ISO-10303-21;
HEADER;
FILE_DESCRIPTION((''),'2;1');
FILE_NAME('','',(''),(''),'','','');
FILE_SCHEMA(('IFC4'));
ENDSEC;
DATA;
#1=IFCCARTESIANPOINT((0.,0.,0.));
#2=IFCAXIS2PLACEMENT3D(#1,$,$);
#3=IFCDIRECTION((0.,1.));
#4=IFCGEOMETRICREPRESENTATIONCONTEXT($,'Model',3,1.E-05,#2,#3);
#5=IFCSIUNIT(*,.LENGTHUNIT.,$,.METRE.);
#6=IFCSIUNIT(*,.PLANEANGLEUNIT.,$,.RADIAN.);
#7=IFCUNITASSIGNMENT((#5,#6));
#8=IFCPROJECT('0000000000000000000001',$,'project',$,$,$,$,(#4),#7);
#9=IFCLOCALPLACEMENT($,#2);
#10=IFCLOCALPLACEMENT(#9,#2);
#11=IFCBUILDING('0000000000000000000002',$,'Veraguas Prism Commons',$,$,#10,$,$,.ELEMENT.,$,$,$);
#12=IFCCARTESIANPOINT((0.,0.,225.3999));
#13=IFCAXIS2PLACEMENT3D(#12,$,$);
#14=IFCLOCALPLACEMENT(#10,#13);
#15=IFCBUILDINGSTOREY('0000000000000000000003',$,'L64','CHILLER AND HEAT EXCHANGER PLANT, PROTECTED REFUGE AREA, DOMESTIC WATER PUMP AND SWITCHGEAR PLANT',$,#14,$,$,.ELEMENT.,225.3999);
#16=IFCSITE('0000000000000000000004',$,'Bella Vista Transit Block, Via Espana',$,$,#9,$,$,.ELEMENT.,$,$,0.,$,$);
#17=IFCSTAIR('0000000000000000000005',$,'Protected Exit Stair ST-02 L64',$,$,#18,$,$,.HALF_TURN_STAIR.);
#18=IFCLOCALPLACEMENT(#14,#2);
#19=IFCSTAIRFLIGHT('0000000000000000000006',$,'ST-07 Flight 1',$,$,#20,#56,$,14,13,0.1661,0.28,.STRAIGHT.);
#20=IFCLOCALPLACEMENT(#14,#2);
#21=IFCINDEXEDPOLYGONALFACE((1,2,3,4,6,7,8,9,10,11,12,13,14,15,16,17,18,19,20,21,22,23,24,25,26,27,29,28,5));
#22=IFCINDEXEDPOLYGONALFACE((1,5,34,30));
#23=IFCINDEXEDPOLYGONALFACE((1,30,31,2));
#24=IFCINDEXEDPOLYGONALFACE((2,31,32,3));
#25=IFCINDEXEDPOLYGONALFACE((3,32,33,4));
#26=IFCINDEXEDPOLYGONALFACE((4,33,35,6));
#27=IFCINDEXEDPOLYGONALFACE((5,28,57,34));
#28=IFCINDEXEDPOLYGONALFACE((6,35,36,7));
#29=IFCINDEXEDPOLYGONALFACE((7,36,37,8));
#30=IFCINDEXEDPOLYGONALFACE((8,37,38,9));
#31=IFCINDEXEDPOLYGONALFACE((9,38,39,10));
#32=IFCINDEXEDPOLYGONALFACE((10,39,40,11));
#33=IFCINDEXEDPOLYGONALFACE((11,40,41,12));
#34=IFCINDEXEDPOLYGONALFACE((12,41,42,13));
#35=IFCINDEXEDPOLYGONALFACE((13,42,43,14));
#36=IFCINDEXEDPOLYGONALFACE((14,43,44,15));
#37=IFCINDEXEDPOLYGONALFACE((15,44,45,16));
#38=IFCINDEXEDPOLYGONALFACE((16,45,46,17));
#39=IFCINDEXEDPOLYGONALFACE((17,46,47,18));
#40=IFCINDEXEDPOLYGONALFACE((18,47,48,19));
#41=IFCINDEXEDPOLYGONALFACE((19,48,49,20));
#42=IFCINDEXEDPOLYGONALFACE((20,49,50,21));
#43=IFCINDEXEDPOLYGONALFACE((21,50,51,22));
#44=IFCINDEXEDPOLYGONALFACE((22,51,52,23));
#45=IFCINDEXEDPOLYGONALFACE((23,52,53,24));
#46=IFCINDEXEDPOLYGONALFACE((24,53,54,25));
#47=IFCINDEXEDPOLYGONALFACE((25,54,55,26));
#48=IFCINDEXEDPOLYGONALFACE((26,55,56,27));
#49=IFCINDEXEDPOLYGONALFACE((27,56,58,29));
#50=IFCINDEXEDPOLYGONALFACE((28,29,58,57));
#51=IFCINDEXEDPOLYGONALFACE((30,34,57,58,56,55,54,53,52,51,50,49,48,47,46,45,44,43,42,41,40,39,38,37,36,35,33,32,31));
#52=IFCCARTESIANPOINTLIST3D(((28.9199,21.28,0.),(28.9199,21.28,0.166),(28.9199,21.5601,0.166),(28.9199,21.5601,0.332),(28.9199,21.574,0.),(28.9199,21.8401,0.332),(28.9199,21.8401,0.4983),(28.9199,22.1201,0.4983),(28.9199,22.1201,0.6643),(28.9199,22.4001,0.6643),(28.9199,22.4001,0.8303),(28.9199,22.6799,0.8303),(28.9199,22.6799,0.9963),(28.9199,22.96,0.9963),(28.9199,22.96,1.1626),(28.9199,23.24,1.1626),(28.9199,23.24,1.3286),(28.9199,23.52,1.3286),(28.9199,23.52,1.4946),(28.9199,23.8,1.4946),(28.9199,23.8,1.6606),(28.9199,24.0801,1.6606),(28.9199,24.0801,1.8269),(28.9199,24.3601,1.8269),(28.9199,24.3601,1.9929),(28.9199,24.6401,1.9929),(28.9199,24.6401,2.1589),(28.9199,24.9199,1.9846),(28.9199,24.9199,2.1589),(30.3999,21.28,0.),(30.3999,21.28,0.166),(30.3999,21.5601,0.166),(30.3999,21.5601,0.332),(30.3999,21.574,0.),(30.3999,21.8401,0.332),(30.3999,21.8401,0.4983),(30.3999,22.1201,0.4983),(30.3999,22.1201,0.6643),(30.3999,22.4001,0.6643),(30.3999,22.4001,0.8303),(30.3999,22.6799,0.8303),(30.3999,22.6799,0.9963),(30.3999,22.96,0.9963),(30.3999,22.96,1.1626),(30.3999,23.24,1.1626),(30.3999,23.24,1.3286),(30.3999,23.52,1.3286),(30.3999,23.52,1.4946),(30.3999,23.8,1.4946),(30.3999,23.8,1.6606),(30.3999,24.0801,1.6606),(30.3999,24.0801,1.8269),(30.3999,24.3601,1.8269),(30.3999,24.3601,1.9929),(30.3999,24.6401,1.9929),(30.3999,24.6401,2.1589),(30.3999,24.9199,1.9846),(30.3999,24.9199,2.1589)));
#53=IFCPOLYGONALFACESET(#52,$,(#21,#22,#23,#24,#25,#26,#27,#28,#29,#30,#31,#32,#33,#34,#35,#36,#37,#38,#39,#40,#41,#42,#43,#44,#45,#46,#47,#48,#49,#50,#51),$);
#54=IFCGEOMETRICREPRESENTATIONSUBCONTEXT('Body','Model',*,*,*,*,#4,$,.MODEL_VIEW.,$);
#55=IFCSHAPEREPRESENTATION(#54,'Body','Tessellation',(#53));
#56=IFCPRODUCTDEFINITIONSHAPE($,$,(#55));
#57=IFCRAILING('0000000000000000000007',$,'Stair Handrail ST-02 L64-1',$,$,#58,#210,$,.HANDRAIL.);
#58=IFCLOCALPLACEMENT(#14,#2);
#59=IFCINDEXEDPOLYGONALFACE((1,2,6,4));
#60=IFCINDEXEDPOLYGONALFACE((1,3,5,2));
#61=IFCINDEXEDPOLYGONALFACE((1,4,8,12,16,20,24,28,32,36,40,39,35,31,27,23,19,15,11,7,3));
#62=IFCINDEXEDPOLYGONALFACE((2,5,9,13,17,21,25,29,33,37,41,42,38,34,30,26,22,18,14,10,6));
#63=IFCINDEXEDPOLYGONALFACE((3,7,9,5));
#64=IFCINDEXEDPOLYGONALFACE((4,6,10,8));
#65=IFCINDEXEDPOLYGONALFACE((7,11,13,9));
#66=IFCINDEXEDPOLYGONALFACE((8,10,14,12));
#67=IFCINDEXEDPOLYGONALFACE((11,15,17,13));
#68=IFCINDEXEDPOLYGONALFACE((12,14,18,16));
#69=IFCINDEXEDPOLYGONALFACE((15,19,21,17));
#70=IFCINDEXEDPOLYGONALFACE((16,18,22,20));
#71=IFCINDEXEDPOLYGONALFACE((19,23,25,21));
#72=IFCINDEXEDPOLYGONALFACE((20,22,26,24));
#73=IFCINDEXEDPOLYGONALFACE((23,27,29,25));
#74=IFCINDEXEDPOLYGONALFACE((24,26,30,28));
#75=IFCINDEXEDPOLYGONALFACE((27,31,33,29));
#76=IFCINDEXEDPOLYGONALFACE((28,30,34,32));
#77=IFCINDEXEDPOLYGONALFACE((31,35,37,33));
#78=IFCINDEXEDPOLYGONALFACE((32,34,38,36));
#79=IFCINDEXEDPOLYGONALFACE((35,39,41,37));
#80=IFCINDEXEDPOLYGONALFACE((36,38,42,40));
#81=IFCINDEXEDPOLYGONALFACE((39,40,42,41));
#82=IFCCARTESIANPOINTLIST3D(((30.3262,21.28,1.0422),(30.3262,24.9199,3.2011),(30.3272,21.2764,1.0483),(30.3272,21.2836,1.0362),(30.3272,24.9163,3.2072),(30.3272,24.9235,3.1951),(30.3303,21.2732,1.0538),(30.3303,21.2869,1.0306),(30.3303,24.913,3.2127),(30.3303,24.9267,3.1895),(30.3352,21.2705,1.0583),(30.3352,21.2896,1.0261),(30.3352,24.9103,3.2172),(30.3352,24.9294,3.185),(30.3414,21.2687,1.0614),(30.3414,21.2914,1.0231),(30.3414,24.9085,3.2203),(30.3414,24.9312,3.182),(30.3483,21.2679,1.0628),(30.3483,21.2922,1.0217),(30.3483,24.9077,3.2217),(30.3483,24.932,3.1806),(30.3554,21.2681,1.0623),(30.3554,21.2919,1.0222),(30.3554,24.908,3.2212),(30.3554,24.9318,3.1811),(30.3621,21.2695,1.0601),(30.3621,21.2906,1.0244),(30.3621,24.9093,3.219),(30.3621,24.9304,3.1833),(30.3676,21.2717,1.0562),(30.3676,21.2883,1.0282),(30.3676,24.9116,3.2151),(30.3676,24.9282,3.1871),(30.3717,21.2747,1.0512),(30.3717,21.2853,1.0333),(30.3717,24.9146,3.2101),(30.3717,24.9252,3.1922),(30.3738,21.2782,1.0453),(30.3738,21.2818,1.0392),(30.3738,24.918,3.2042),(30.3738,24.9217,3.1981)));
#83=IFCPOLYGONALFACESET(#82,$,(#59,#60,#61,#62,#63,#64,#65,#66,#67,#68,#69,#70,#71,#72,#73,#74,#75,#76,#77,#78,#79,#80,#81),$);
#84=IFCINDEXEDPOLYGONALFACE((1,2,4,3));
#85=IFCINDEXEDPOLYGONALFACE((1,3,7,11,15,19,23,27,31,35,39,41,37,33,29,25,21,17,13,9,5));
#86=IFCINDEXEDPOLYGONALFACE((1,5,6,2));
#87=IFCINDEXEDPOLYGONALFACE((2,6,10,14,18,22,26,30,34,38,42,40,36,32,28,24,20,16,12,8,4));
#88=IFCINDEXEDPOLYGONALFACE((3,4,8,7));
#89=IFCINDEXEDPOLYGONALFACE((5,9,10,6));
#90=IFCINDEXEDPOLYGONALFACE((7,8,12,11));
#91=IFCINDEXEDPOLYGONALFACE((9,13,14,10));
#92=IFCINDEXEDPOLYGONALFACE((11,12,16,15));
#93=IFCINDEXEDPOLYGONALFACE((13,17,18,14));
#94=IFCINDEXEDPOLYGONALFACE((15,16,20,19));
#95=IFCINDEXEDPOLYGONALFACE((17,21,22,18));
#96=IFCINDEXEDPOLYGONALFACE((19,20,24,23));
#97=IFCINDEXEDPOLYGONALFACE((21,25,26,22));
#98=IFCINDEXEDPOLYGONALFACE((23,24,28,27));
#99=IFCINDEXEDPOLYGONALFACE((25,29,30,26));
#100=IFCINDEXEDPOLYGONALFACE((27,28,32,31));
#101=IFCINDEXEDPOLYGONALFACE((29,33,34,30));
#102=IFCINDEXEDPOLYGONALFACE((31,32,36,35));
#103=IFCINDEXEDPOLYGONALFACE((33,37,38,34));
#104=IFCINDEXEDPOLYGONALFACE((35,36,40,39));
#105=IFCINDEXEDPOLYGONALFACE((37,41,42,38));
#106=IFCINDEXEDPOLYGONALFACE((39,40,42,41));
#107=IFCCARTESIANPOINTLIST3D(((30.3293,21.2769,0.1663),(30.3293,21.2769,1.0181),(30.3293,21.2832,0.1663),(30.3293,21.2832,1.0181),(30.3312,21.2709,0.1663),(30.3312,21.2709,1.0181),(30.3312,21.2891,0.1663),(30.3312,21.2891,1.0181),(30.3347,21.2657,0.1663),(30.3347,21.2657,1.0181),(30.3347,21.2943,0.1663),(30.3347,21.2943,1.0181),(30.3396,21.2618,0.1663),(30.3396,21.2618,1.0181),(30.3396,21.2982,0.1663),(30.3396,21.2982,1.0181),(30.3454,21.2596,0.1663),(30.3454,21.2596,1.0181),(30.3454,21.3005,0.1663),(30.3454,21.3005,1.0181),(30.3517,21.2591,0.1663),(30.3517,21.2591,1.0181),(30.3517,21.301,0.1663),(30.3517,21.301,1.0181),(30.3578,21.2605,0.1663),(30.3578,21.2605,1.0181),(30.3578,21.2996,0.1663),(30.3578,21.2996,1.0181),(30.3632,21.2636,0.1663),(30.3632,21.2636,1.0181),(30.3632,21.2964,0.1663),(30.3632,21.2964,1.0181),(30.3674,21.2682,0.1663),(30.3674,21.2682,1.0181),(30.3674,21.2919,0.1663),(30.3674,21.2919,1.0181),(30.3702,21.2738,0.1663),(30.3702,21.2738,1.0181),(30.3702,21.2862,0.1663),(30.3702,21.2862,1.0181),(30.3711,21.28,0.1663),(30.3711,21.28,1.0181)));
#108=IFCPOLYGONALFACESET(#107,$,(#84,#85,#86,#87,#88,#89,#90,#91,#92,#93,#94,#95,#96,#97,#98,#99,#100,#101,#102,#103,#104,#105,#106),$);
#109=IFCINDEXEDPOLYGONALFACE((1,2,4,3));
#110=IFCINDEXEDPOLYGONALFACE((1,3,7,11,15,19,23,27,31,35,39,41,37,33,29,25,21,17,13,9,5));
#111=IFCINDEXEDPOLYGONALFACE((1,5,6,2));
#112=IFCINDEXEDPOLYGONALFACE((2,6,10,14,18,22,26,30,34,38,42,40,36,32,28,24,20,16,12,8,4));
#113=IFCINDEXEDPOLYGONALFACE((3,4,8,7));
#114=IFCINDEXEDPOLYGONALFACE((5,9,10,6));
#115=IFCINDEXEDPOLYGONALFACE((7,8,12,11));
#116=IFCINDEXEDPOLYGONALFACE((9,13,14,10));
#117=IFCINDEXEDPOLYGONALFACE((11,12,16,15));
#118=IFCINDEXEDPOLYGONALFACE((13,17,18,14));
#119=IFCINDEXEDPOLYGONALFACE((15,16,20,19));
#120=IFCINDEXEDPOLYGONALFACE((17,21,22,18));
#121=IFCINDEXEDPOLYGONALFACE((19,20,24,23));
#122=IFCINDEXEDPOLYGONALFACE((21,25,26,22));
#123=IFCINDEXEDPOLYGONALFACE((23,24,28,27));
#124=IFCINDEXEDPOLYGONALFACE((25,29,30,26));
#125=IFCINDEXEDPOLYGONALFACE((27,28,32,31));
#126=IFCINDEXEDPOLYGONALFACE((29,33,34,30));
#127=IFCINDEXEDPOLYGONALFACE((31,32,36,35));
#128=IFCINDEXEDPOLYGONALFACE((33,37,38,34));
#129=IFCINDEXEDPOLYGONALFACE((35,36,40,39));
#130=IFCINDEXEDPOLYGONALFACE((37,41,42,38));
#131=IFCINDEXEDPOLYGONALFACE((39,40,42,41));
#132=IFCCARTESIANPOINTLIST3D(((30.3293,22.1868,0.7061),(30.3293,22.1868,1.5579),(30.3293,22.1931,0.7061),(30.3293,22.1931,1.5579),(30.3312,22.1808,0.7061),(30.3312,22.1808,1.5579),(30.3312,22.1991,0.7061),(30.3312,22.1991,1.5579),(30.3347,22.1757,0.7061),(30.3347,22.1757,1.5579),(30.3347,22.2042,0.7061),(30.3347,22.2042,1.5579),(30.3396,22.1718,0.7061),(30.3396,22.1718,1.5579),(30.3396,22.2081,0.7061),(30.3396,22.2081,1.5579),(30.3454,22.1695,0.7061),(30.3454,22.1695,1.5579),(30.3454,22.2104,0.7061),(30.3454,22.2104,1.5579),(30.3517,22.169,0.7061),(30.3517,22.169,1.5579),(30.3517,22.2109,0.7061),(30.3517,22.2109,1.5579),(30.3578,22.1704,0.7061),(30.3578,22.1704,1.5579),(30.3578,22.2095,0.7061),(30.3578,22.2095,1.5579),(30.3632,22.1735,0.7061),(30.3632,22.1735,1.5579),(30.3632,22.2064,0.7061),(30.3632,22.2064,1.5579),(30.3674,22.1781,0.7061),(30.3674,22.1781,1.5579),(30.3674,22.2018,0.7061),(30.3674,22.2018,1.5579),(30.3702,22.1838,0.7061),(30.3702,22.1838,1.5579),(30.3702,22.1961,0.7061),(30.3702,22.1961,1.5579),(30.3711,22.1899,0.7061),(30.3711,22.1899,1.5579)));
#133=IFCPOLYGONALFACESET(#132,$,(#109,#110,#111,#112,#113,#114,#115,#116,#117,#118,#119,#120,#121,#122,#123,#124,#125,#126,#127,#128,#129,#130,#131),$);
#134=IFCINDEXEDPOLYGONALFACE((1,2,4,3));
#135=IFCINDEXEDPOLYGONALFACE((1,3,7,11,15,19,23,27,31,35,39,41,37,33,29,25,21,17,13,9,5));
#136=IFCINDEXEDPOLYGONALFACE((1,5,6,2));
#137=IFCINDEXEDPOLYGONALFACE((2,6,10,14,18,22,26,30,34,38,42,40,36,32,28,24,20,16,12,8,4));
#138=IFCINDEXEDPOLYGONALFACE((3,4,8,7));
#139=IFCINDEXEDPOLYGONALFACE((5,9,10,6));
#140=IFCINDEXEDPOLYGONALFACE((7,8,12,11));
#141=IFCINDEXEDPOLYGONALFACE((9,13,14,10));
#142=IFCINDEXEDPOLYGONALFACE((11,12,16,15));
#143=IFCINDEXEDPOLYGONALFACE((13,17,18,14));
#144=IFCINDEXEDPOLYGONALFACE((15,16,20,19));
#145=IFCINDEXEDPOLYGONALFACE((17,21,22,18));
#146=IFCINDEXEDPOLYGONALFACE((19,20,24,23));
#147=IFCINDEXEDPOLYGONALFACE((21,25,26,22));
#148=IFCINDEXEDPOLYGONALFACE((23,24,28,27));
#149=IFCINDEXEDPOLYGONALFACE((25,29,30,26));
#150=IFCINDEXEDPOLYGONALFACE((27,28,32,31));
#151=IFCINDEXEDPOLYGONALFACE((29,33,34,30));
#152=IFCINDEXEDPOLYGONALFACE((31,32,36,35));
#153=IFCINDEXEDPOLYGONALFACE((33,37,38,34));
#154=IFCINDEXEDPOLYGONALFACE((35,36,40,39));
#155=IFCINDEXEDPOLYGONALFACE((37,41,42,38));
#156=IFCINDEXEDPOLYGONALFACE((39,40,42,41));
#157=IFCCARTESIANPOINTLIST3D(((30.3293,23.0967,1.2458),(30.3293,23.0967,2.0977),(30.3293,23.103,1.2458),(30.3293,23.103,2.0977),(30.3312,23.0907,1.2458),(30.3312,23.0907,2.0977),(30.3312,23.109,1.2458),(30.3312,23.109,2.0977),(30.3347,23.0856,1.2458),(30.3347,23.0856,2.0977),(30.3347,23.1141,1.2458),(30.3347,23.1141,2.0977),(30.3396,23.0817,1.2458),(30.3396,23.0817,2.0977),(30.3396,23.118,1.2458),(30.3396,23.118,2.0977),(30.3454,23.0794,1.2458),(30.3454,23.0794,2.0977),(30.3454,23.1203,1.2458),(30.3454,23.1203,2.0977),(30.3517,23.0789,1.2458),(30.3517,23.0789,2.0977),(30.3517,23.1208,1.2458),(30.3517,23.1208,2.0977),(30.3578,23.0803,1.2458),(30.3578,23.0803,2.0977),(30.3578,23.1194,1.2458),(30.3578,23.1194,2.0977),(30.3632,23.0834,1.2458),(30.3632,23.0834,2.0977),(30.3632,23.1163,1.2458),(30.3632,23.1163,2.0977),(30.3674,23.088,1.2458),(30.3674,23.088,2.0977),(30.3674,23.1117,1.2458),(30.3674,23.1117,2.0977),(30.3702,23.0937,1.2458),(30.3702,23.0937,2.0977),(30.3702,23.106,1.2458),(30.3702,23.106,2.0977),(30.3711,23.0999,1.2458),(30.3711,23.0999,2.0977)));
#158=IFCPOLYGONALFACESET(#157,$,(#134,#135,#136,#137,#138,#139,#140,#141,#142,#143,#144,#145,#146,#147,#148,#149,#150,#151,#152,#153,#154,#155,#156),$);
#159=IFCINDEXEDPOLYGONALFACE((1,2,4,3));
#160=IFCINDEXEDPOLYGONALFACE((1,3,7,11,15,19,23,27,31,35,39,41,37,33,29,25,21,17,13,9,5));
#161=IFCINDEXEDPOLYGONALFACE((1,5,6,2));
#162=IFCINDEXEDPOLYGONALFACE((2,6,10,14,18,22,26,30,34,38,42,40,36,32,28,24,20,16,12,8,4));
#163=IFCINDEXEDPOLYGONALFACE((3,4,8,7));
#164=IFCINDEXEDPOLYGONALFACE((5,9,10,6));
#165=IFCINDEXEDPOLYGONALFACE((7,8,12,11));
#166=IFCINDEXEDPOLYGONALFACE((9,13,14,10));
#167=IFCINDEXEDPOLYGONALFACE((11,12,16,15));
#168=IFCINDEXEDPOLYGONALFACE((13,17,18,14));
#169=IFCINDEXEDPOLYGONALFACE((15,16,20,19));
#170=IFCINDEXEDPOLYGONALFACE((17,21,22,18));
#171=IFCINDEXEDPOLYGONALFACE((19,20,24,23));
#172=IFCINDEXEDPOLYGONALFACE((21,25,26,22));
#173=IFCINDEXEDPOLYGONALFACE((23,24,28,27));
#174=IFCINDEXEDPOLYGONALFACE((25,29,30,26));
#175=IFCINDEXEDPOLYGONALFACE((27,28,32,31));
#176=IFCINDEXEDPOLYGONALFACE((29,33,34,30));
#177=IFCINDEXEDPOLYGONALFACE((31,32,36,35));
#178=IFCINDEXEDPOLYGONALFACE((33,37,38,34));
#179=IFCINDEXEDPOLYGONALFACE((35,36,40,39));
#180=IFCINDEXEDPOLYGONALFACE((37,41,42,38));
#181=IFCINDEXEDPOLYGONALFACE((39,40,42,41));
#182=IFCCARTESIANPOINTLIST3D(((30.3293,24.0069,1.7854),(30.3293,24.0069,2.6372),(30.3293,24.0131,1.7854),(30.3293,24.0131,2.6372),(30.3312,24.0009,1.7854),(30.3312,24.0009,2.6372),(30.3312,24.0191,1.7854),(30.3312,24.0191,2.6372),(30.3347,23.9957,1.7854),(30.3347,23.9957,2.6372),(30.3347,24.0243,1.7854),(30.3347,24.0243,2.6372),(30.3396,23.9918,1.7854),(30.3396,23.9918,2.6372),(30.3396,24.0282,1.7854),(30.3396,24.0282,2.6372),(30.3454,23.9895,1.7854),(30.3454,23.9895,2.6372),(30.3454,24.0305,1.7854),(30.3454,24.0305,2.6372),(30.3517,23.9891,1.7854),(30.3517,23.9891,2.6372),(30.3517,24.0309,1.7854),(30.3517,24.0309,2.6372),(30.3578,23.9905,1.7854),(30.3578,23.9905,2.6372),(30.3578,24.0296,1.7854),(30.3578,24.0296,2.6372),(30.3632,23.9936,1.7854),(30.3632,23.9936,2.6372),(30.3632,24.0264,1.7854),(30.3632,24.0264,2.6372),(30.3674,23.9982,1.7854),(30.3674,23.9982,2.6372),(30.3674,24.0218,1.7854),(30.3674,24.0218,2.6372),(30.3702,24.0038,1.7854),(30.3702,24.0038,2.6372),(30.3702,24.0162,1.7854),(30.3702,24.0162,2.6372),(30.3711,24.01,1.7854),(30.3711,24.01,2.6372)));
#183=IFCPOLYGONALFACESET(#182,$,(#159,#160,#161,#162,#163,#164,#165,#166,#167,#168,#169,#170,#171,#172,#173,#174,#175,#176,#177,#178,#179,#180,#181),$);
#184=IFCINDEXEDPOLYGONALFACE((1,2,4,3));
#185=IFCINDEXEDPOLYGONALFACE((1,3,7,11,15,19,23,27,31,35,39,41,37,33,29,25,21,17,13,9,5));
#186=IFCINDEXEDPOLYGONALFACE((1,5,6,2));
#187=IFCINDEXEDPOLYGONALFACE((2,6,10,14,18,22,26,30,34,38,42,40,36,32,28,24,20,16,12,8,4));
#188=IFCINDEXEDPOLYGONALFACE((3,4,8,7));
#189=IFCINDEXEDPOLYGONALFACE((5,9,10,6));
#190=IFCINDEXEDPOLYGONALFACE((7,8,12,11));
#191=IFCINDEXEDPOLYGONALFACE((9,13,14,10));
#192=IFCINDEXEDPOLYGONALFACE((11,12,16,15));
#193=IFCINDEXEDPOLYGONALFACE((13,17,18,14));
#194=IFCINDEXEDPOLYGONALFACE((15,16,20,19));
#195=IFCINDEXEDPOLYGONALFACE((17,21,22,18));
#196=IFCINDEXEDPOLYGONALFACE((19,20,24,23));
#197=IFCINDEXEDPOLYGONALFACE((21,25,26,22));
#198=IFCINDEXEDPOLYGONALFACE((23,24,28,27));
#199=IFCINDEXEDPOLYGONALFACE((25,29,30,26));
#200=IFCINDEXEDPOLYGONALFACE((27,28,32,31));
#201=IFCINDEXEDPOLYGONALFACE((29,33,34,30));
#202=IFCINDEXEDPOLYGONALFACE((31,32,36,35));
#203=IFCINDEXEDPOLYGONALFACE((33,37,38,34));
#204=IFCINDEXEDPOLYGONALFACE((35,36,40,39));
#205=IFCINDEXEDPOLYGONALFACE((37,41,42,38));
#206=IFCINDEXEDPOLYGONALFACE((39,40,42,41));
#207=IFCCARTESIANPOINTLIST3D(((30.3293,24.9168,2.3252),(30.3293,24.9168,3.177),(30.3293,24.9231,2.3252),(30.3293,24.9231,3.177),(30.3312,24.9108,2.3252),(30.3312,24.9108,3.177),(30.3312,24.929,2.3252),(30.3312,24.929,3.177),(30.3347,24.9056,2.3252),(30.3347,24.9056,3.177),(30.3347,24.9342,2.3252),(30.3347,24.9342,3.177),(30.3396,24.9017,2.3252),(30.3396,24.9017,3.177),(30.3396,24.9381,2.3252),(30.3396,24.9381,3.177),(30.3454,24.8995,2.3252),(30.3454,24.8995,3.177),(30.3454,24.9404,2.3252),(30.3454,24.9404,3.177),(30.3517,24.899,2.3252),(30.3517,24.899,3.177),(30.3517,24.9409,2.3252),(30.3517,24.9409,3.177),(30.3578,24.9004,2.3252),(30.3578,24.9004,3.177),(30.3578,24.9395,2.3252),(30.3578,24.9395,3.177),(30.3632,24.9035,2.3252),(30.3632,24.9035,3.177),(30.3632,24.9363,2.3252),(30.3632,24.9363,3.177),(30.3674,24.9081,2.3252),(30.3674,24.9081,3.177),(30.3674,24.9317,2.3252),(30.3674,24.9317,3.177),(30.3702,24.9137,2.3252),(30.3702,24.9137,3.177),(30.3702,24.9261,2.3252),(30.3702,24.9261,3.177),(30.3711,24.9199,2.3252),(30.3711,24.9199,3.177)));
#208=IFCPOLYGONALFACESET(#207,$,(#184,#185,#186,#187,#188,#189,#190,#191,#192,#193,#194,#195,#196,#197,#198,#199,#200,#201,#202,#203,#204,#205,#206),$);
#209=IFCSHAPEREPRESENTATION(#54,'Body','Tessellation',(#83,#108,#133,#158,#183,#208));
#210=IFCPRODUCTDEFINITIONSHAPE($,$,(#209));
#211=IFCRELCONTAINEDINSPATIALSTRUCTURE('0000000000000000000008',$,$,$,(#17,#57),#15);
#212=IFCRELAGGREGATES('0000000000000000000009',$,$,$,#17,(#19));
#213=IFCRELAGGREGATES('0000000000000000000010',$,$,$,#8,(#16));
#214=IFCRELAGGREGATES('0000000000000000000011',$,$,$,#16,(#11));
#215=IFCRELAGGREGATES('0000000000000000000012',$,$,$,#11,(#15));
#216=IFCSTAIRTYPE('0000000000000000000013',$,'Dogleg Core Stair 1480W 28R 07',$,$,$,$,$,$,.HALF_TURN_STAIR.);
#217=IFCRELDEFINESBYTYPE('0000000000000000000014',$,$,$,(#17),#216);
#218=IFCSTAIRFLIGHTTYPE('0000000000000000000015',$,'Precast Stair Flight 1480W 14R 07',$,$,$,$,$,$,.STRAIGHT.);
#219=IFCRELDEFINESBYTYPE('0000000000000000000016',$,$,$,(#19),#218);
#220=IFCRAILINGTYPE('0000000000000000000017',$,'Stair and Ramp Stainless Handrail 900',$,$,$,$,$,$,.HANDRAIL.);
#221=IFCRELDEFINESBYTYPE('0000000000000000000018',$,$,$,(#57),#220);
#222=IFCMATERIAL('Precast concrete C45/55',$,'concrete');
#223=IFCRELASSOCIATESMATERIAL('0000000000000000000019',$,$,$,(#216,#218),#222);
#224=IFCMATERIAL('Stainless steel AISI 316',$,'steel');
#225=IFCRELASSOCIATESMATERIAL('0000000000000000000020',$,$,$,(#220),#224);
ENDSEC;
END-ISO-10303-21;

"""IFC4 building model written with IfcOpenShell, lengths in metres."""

from ifc_helpers import new_model, si_unit, direction, frame, origin, origin_2d, place, context, subcontext, project, spatial, polyline, circle, outline, extrude, material, type_object, element, aggregate, save


model = new_model("IFC4")

# Units and contexts
model_context = context("Model", 3, precision=1e-05, world=origin(), true_north=direction((0.0, 1.0)))
body_context = subcontext(model_context, "Body", "Model", "MODEL_VIEW")
ifc_project = project(units=[si_unit("LENGTHUNIT", "METRE"), si_unit("PLANEANGLEUNIT", "RADIAN")], contexts=[model_context])

# Site, building, storey
site_placement = place(None, origin())
site = spatial("IfcSite", under=ifc_project, at=site_placement, Name="Bella Vista Transit Block, Via Espana", CompositionType="ELEMENT", RefElevation=0.0)
building_placement = place(site_placement, origin())
building = spatial("IfcBuilding", under=site, at=building_placement, Name="Veraguas Prism Commons", CompositionType="ELEMENT")
storey_placement = place(building_placement, frame((0.0, 0.0, 225.3999)))
storey = spatial("IfcBuildingStorey", under=building, at=storey_placement, Name="L64", Description="CHILLER AND HEAT EXCHANGER PLANT, PROTECTED REFUGE AREA, DOMESTIC WATER PUMP AND SWITCHGEAR PLANT", CompositionType="ELEMENT", Elevation=225.3999)

# Shared definitions
ifc_material_1 = material(Name="Stainless steel AISI 316", Category="steel")

# Stair, stair flight
ifc_material_2 = material(Name="Precast concrete C45/55", Category="concrete")
stair_type = type_object("IfcStairType", Name="Dogleg Core Stair 1480W 28R 07", PredefinedType="HALF_TURN_STAIR", material=ifc_material_2)
stair_placement = place(storey_placement, origin())
stair = element("IfcStair", 1, at=stair_placement, inside=storey, type_object=stair_type, Name="Protected Exit Stair ST-02 L64", PredefinedType="HALF_TURN_STAIR")
stair_flight_type = type_object("IfcStairFlightType", Name="Precast Stair Flight 1480W 14R 07", PredefinedType="STRAIGHT", material=ifc_material_2)
stair_flight_placement = place(storey_placement, frame((29.6599, 21.28, 0.0), z_axis=(0.0, 0.0, 1.0), x_axis=(0.0, 1.0, 0.0)))
stair_flight = element("IfcStairFlight", 2, at=stair_flight_placement, type_object=stair_flight_type, Name="ST-07 Flight 1", NumberOfRisers=14, NumberOfTreads=13, PredefinedType="STRAIGHT", RiserHeight=0.1661, TreadLength=0.28, context=body_context, shape_type="SweptSolid", body=[
    extrude(outline(polyline([(0.0, 0.0), (0.0, 0.166), (0.28, 0.166), (0.28, 0.332), (0.5601, 0.332), (0.5601, 0.4983), (0.8401, 0.4983), (0.8401, 0.6643), (1.1201, 0.6643), (1.1201, 0.8303), (1.3999, 0.8303), (1.3999, 0.9963), (1.6799, 0.9963), (1.6799, 1.1626), (1.96, 1.1626), (1.96, 1.3286), (2.24, 1.3286), (2.24, 1.4946), (2.52, 1.4946), (2.52, 1.6606), (2.8, 1.6606), (2.8, 1.8269), (3.0801, 1.8269), (3.0801, 1.9929), (3.3601, 1.9929), (3.3601, 2.1589), (3.6399, 2.1589), (3.6399, 2.325), (3.6399, 1.9846), (0.2939, 0.0), (0.0, 0.0)])), frame((0.0, 0.74, 0.0), z_axis=(0.0, -1.0, 0.0), x_axis=(1.0, 0.0, 0.0)), (0.0, 0.0, 1.0), 1.48),
])
aggregate(stair, [stair_flight])

# Railing
railing_type_1 = type_object("IfcRailingType", Name="Stair and Ramp Stainless Handrail 900", PredefinedType="HANDRAIL", material=ifc_material_1)
railing_1_placement = place(storey_placement, frame((30.3501, 21.28, 0.1663)))
element("IfcRailing", 3, at=railing_1_placement, inside=storey, type_object=railing_type_1, Name="Stair Handrail ST-02 L64-1", PredefinedType="HANDRAIL", context=body_context, shape_type="SweptSolid", body=[
    extrude(circle(Radius=0.0239, at=origin_2d()), frame((0.0, 0.0, 0.876), z_axis=(0.0, 0.860088, 0.510145), x_axis=(-1.0, 0.0, 0.0)), (0.0, 0.0, 1.0), 4.2319),
    extrude(circle(Radius=0.021, at=origin_2d()), origin(), (0.0, 0.0, 1.0), 0.8518),
    extrude(circle(Radius=0.021, at=origin_2d()), frame((0.0, 0.9099, 0.5398)), (0.0, 0.0, 1.0), 0.8518),
    extrude(circle(Radius=0.021, at=origin_2d()), frame((0.0, 1.8198, 1.0796)), (0.0, 0.0, 1.0), 0.8518),
    extrude(circle(Radius=0.021, at=origin_2d()), frame((0.0, 2.73, 1.6191)), (0.0, 0.0, 1.0), 0.8518),
    extrude(circle(Radius=0.021, at=origin_2d()), frame((0.0, 3.6399, 2.1589)), (0.0, 0.0, 1.0), 0.8518),
])

save(model, "model.ifc")
